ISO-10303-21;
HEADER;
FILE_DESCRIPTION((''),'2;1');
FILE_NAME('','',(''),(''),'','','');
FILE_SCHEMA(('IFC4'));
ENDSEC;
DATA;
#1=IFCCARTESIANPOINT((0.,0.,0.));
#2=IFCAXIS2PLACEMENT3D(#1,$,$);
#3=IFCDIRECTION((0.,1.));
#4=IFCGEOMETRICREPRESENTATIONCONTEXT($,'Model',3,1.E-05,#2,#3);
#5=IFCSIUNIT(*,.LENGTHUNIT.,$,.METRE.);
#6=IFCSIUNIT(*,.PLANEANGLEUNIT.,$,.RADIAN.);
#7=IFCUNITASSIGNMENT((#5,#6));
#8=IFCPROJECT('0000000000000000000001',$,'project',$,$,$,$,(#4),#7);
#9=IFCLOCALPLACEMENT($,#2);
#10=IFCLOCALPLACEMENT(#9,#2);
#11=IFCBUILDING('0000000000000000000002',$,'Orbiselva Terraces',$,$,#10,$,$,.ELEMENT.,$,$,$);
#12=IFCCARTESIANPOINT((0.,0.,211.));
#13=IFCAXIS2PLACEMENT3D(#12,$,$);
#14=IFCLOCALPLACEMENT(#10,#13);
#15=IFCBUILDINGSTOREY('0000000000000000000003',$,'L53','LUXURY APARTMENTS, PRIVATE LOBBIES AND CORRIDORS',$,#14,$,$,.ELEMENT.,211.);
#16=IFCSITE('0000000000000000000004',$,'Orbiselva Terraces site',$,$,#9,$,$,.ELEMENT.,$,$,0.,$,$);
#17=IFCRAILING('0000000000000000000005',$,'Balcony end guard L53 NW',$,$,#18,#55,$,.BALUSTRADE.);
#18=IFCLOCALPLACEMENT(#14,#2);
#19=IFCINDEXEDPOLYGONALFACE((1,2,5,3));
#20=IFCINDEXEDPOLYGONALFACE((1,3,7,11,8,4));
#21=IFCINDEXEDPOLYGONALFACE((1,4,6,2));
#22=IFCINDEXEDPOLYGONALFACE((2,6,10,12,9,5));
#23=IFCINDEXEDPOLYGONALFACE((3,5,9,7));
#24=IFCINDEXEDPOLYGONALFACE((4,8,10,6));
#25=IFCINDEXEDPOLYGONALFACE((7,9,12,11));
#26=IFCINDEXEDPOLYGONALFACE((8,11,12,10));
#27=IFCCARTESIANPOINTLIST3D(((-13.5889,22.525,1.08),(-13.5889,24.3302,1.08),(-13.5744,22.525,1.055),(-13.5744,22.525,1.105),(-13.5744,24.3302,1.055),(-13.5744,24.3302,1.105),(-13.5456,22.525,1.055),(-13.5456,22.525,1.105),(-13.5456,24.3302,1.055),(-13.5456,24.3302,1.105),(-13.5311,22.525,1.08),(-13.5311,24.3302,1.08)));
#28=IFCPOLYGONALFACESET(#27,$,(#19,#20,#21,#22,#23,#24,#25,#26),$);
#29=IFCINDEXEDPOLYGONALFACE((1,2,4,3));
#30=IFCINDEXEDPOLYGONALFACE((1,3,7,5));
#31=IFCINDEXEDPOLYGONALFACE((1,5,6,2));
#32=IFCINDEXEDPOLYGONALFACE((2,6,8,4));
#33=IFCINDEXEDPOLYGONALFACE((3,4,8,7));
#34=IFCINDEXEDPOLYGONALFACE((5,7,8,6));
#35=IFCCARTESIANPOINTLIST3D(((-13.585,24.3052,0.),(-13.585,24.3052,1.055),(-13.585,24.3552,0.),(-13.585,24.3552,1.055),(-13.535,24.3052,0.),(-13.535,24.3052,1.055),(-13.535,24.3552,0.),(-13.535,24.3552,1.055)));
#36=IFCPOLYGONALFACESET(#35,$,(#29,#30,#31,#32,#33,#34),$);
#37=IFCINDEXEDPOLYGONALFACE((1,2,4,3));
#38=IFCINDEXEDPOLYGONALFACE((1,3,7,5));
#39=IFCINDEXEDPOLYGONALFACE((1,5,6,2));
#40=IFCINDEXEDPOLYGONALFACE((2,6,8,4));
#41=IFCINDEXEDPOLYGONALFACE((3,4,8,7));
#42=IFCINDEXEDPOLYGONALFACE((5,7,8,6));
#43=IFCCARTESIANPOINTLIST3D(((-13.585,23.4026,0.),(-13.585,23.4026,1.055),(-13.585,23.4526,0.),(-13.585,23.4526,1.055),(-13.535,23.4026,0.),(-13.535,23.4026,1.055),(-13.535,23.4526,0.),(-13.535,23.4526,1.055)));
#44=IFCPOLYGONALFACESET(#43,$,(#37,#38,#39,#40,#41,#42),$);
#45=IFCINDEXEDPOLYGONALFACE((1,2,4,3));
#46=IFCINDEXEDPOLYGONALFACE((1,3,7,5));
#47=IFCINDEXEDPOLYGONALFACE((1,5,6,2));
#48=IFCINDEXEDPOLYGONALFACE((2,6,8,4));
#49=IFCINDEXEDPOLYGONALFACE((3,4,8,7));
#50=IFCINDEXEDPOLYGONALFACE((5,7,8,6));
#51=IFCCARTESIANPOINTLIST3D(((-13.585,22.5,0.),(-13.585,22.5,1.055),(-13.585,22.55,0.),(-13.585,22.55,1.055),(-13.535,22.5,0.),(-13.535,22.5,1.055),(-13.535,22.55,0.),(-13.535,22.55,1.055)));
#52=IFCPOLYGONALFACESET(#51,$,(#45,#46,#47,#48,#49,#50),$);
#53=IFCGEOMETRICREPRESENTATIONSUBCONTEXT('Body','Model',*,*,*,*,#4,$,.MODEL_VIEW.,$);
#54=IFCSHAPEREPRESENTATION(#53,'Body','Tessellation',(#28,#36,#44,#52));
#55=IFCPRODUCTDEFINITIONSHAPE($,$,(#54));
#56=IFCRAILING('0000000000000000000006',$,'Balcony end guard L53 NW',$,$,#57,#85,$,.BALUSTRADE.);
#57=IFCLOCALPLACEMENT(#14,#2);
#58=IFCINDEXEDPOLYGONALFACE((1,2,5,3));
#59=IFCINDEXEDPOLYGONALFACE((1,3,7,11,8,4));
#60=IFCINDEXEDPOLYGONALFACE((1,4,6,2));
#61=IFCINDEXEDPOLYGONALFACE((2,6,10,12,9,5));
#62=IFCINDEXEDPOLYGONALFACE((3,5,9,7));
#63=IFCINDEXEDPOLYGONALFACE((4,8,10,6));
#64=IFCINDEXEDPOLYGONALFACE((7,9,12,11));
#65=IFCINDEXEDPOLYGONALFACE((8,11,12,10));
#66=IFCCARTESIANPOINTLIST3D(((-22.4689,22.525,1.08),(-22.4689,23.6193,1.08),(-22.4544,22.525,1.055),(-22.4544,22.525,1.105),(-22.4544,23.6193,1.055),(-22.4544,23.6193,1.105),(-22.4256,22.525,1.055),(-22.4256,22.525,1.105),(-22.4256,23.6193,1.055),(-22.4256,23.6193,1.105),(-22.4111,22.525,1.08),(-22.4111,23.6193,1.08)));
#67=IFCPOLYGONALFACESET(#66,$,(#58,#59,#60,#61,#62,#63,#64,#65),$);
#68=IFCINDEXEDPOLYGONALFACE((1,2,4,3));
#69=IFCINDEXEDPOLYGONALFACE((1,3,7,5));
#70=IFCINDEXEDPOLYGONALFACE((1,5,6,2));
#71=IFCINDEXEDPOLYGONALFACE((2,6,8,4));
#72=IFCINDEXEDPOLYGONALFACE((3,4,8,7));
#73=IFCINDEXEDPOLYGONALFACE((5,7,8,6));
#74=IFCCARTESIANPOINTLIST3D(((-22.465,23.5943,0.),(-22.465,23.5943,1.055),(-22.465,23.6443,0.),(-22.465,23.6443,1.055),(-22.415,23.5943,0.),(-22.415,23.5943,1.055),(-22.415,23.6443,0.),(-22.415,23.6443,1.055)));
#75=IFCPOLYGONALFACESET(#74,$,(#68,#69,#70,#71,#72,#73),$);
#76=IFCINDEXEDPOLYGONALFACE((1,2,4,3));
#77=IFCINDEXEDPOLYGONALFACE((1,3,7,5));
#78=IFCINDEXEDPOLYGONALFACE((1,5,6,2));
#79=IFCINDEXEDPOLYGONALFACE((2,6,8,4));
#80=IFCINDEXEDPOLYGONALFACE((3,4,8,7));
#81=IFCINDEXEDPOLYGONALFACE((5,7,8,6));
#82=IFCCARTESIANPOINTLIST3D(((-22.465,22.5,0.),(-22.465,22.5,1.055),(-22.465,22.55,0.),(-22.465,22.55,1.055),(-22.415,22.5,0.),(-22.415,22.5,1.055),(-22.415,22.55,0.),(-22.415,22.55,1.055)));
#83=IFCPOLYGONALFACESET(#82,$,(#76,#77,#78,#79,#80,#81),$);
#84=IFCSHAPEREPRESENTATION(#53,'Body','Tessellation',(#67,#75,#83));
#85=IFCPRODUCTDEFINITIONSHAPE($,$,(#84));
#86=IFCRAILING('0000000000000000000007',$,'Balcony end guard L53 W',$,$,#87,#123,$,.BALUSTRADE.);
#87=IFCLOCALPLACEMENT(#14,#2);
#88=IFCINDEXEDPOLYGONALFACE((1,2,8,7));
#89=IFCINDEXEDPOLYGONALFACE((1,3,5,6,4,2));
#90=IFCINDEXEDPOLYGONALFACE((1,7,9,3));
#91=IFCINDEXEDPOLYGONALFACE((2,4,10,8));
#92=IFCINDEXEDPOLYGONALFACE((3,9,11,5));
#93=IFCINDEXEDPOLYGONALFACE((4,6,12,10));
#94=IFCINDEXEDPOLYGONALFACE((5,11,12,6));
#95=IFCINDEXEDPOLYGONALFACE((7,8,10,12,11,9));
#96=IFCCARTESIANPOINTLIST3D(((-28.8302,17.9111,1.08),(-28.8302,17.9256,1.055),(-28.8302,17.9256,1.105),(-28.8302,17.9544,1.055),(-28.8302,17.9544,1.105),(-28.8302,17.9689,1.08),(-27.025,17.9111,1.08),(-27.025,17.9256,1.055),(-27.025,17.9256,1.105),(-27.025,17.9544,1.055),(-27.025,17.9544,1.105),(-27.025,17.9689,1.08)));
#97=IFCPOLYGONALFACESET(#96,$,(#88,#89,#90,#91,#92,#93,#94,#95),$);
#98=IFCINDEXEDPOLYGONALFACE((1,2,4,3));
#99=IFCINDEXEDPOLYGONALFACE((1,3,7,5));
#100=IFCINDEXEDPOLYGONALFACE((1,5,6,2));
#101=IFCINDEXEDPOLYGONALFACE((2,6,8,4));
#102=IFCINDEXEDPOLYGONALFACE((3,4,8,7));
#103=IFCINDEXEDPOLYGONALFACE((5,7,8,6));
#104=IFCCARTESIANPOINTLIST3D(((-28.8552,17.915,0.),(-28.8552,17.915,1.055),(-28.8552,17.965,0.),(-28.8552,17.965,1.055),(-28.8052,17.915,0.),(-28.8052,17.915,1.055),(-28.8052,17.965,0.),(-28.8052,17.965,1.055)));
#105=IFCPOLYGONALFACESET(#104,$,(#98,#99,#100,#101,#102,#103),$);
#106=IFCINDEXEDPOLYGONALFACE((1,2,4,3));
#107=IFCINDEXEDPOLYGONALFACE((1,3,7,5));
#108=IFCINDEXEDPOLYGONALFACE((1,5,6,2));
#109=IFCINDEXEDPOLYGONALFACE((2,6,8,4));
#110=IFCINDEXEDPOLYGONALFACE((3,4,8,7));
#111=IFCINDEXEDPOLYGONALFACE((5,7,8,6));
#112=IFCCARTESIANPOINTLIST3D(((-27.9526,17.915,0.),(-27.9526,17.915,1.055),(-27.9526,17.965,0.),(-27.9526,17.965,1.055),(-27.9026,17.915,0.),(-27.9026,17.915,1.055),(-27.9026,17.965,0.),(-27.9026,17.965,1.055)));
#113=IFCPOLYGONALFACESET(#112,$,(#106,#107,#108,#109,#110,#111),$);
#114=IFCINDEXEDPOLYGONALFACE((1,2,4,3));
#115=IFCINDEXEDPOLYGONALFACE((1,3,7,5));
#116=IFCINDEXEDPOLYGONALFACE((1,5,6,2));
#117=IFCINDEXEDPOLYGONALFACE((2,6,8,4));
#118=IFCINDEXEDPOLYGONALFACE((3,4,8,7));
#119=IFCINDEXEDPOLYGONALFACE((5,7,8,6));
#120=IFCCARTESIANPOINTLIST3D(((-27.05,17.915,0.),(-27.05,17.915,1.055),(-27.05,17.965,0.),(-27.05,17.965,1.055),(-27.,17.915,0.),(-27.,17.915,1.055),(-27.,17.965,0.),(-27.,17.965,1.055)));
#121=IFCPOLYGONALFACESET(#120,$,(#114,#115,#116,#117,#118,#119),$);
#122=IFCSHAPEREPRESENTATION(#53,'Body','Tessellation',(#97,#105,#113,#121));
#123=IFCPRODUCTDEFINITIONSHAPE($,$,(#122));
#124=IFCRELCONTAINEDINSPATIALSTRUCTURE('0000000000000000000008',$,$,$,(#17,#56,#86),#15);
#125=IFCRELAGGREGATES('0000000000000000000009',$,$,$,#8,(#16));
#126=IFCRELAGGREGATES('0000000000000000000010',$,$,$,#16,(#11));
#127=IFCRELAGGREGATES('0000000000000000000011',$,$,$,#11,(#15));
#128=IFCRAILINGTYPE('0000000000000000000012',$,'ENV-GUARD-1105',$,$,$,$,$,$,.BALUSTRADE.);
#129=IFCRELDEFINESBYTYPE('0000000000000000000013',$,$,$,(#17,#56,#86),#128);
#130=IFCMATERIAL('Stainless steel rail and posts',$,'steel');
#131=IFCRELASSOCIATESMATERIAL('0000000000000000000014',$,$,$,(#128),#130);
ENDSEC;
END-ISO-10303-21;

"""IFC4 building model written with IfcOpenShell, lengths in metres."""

from ifc_helpers import new_model, si_unit, direction, frame, origin, origin_2d, place, context, subcontext, project, spatial, polyline, rectangle, outline, extrude, material, type_object, element, save


model = new_model("IFC4")

# Units and contexts
model_context = context("Model", 3, precision=1e-05, world=origin(), true_north=direction((0.0, 1.0)))
body_context = subcontext(model_context, "Body", "Model", "MODEL_VIEW")
ifc_project = project(units=[si_unit("LENGTHUNIT", "METRE"), si_unit("PLANEANGLEUNIT", "RADIAN")], contexts=[model_context])

# Site, building, storey
site_placement = place(None, origin())
site = spatial("IfcSite", under=ifc_project, at=site_placement, Name="Orbiselva Terraces site", CompositionType="ELEMENT", RefElevation=0.0)
building_placement = place(site_placement, origin())
building = spatial("IfcBuilding", under=site, at=building_placement, Name="Orbiselva Terraces", CompositionType="ELEMENT")
storey_placement = place(building_placement, frame((0.0, 0.0, 211.0)))
storey = spatial("IfcBuildingStorey", under=building, at=storey_placement, Name="L53", Description="LUXURY APARTMENTS, PRIVATE LOBBIES AND CORRIDORS", CompositionType="ELEMENT", Elevation=211.0)

# Railings
ifc_material_1 = material(Name="Stainless steel rail and posts", Category="steel")
railing_type_1 = type_object("IfcRailingType", Name="ENV-GUARD-1105", PredefinedType="BALUSTRADE", material=ifc_material_1)
railing_1_placement = place(storey_placement, frame((-13.56, 24.3302, 0.0)))
element("IfcRailing", 1, at=railing_1_placement, inside=storey, type_object=railing_type_1, Name="Balcony end guard L53 NW", PredefinedType="BALUSTRADE", context=body_context, shape_type="SweptSolid", body=[
    extrude(outline(polyline([(0.0289, 0.0), (0.0144, 0.025), (-0.0144, 0.025), (-0.0289, 0.0), (-0.0144, -0.025), (0.0144, -0.025), (0.0289, 0.0)])), frame((0.0, 0.0, 1.08), z_axis=(0.0, -1.0, 0.0), x_axis=(1.0, 0.0, 0.0)), (0.0, 0.0, 1.0), 1.8052),
    extrude(rectangle(XDim=0.05, YDim=0.05, at=origin_2d()), origin(), (0.0, 0.0, 1.0), 1.055),
    extrude(rectangle(XDim=0.05, YDim=0.05, at=origin_2d()), frame((0.0, -0.9026, 0.0)), (0.0, 0.0, 1.0), 1.055),
    extrude(rectangle(XDim=0.05, YDim=0.05, at=origin_2d()), frame((0.0, -1.8052, 0.0)), (0.0, 0.0, 1.0), 1.055),
])
railing_2_placement = place(storey_placement, frame((-22.44, 23.6193, 0.0)))
element("IfcRailing", 2, at=railing_2_placement, inside=storey, type_object=railing_type_1, Name="Balcony end guard L53 NW", PredefinedType="BALUSTRADE", context=body_context, shape_type="SweptSolid", body=[
    extrude(outline(polyline([(0.0289, 0.0), (0.0144, 0.025), (-0.0144, 0.025), (-0.0289, 0.0), (-0.0144, -0.025), (0.0144, -0.025), (0.0289, 0.0)])), frame((0.0, 0.0, 1.08), z_axis=(0.0, -1.0, 0.0), x_axis=(1.0, 0.0, 0.0)), (0.0, 0.0, 1.0), 1.0943),
    extrude(rectangle(XDim=0.05, YDim=0.05, at=origin_2d()), origin(), (0.0, 0.0, 1.0), 1.055),
    extrude(rectangle(XDim=0.05, YDim=0.05, at=origin_2d()), frame((0.0, -1.0943, 0.0)), (0.0, 0.0, 1.0), 1.055),
])
railing_3_placement = place(storey_placement, frame((-28.8302, 17.94, 0.0)))
element("IfcRailing", 3, at=railing_3_placement, inside=storey, type_object=railing_type_1, Name="Balcony end guard L53 W", PredefinedType="BALUSTRADE", context=body_context, shape_type="SweptSolid", body=[
    extrude(outline(polyline([(0.0289, 0.0), (0.0144, 0.025), (-0.0144, 0.025), (-0.0289, 0.0), (-0.0144, -0.025), (0.0144, -0.025), (0.0289, 0.0)])), frame((0.0, 0.0, 1.08), z_axis=(1.0, 0.0, 0.0), x_axis=(0.0, 1.0, 0.0)), (0.0, 0.0, 1.0), 1.8052),
    extrude(rectangle(XDim=0.05, YDim=0.05, at=origin_2d()), origin(), (0.0, 0.0, 1.0), 1.055),
    extrude(rectangle(XDim=0.05, YDim=0.05, at=origin_2d()), frame((0.9026, 0.0, 0.0)), (0.0, 0.0, 1.0), 1.055),
    extrude(rectangle(XDim=0.05, YDim=0.05, at=origin_2d()), frame((1.8052, 0.0, 0.0)), (0.0, 0.0, 1.0), 1.055),
])

save(model, "model.ifc")
